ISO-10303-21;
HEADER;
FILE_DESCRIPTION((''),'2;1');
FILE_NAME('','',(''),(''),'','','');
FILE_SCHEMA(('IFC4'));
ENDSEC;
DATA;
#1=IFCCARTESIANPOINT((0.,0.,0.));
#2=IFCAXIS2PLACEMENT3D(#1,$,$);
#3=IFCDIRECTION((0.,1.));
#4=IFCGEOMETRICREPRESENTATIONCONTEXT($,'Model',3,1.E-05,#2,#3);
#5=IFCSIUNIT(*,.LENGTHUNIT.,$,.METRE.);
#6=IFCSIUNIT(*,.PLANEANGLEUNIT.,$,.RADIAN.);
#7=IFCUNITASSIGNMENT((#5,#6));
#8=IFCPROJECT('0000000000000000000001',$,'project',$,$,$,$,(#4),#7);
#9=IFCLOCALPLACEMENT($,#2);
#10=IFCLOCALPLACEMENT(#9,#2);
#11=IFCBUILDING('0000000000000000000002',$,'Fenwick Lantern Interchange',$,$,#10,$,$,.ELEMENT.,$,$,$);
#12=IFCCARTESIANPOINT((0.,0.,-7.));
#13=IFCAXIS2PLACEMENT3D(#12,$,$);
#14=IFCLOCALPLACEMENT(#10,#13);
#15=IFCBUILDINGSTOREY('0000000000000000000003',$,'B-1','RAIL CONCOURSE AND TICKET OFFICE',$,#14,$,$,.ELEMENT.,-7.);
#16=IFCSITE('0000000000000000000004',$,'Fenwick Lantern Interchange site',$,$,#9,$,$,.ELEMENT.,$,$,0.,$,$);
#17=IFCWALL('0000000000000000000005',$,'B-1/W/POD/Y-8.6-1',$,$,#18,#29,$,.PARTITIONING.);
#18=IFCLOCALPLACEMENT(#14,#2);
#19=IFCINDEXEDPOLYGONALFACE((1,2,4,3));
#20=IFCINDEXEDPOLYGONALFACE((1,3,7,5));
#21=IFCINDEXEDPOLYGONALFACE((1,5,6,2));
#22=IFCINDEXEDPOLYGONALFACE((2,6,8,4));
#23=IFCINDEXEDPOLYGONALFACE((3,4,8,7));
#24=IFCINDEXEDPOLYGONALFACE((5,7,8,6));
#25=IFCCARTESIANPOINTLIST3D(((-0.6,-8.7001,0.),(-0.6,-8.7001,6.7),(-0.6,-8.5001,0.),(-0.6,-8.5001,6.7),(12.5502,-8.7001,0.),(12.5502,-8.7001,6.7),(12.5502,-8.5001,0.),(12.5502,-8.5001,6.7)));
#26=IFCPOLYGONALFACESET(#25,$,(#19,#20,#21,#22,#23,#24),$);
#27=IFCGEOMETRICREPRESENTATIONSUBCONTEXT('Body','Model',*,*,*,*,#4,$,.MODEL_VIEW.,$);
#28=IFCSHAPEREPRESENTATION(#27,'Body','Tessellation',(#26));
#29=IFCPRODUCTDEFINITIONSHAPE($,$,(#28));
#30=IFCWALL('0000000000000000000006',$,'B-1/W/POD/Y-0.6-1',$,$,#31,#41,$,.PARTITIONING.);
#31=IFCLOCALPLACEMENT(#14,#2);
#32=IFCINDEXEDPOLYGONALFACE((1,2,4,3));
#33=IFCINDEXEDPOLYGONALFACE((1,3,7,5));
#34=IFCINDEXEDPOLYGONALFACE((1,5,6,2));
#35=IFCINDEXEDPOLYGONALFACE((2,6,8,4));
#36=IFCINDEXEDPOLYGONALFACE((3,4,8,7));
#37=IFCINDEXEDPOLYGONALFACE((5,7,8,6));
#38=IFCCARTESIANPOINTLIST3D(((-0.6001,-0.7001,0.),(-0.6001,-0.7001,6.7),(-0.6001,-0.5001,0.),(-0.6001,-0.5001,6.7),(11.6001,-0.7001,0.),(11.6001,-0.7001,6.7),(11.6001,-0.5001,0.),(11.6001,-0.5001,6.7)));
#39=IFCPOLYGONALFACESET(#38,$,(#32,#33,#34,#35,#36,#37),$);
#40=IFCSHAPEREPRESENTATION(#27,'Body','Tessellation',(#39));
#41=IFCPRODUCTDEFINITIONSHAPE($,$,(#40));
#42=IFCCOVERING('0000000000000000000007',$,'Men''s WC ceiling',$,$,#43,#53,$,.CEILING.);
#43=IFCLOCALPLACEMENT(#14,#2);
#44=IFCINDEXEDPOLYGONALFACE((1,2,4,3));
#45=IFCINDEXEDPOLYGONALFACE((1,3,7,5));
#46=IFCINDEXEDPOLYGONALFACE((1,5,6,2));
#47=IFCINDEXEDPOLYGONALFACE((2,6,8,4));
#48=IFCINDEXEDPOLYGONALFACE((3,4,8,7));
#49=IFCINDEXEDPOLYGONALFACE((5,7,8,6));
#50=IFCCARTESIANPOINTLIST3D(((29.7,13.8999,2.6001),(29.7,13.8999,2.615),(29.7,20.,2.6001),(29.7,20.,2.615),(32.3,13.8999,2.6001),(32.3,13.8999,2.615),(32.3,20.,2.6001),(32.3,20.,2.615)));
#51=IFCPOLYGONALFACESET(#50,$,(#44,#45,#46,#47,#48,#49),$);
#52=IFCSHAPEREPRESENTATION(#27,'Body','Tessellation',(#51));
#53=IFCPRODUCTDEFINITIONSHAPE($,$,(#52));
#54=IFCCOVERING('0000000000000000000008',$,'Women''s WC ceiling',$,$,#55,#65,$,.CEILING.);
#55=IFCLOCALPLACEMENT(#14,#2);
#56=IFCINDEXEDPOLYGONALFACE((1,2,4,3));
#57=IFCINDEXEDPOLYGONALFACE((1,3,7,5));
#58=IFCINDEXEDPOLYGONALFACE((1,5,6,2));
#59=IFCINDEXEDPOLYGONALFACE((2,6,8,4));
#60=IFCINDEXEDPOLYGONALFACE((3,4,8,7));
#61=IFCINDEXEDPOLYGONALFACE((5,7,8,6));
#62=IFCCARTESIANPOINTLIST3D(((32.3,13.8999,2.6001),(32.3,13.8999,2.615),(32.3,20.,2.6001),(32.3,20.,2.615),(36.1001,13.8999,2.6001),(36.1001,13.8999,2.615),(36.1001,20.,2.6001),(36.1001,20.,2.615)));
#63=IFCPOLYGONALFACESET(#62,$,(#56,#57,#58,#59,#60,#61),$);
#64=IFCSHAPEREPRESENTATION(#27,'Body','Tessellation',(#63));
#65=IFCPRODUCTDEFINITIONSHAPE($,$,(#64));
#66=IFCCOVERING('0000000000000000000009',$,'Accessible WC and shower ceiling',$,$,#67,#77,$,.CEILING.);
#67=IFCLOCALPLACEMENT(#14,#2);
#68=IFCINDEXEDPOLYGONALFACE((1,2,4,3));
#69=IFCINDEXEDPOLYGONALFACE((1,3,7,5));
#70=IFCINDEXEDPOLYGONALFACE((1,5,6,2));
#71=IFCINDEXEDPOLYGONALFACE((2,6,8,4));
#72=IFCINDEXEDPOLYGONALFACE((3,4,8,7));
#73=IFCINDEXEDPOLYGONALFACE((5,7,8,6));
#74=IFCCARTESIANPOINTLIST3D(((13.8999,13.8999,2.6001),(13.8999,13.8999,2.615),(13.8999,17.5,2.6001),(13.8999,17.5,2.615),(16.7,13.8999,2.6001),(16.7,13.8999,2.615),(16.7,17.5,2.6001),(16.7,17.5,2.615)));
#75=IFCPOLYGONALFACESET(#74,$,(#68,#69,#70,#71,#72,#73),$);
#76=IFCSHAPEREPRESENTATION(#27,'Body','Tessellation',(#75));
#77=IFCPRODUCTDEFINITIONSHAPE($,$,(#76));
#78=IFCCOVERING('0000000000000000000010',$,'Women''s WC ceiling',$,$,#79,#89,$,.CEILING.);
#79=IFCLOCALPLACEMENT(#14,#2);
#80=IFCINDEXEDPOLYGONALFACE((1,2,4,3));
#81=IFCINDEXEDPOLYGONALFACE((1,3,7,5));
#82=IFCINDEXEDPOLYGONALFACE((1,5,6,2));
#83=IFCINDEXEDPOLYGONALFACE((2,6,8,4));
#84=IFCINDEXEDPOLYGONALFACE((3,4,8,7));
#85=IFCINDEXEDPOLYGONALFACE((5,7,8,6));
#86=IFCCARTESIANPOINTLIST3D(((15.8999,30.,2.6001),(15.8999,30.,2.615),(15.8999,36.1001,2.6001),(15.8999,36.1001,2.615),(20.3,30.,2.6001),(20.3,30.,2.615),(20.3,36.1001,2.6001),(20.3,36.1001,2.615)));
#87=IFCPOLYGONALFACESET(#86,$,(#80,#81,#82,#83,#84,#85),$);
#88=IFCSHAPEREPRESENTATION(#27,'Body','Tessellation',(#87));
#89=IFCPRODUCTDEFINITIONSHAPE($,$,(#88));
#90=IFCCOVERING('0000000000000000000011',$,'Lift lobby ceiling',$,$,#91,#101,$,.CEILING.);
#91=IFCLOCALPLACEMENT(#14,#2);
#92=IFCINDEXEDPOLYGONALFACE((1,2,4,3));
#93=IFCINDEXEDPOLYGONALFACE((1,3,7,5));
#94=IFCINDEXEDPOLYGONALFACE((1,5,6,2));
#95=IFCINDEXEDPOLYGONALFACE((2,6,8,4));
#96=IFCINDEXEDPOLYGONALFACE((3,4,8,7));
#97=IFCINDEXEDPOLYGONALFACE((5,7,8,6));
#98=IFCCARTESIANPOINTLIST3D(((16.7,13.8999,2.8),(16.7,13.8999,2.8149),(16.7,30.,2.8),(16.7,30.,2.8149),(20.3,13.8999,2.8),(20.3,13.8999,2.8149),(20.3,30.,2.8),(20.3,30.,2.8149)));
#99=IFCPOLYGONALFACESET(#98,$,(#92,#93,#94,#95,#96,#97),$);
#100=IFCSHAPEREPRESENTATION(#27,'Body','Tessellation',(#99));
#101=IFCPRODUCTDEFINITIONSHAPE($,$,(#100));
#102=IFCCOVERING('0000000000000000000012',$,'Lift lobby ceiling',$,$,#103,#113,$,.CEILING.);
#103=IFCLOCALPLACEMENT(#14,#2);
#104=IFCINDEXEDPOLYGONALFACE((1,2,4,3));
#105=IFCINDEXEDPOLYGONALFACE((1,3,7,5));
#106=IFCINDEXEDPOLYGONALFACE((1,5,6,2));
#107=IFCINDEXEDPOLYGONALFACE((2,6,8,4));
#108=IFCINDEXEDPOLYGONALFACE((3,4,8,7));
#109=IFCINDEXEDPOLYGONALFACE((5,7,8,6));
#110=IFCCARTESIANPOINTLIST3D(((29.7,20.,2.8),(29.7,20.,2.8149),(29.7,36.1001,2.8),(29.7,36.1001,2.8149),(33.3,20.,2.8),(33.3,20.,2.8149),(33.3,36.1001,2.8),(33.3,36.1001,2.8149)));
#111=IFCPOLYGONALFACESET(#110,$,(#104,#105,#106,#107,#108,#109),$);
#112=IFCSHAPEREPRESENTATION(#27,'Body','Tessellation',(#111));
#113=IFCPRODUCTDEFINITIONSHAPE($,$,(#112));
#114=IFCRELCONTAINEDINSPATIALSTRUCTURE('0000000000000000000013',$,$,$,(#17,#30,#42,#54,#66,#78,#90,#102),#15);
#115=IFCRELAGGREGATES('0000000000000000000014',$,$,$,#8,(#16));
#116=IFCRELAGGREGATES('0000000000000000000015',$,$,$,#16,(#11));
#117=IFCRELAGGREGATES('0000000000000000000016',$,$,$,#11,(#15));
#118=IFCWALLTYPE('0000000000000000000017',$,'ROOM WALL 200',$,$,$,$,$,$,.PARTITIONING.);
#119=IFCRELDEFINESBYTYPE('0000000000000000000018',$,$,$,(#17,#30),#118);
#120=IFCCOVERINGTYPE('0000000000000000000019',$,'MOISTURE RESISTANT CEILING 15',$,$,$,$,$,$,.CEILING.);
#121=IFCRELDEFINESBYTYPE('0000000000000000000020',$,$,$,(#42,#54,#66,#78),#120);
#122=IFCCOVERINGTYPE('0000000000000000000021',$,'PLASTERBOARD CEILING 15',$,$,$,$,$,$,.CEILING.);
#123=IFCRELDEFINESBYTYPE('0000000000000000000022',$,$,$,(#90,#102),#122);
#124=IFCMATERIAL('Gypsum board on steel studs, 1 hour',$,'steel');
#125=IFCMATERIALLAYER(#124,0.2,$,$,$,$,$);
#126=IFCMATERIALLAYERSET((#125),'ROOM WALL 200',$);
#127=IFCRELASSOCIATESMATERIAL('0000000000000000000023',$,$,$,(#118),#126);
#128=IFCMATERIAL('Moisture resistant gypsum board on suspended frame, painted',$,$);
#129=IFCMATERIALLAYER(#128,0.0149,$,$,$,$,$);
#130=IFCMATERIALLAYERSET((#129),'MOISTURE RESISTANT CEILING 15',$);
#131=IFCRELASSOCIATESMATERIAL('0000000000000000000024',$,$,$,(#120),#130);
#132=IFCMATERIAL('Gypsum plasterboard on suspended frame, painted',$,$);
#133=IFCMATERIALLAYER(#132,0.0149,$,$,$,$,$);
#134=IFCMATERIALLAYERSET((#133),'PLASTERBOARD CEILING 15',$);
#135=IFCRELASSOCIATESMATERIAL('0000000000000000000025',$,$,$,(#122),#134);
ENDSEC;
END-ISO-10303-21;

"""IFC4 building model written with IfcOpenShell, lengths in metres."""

from ifc_helpers import new_model, si_unit, direction, frame, frame_2d, origin, place, context, subcontext, project, spatial, polyline, rectangle, outline, extrude, material, layer, layer_set, type_object, element, save


model = new_model("IFC4")

# Units and contexts
model_context = context("Model", 3, precision=1e-05, world=origin(), true_north=direction((0.0, 1.0)))
body_context = subcontext(model_context, "Body", "Model", "MODEL_VIEW")
ifc_project = project(units=[si_unit("LENGTHUNIT", "METRE"), si_unit("PLANEANGLEUNIT", "RADIAN")], contexts=[model_context])

# Site, building, storey
site_placement = place(None, origin())
site = spatial("IfcSite", under=ifc_project, at=site_placement, Name="Fenwick Lantern Interchange site", CompositionType="ELEMENT", RefElevation=0.0)
building_placement = place(site_placement, origin())
building = spatial("IfcBuilding", under=site, at=building_placement, Name="Fenwick Lantern Interchange", CompositionType="ELEMENT")
storey_placement = place(building_placement, frame((0.0, 0.0, -7.0)))
storey = spatial("IfcBuildingStorey", under=building, at=storey_placement, Name="B-1", Description="RAIL CONCOURSE AND TICKET OFFICE", CompositionType="ELEMENT", Elevation=-7.0)

# Walls
ifc_material_1 = material(Name="Gypsum board on steel studs, 1 hour", Category="steel")
ifc_layer_1 = layer(ifc_material_1, 0.2)
ifc_layer_set_1 = layer_set([ifc_layer_1], Name="ROOM WALL 200")
wall_type_1 = type_object("IfcWallType", Name="ROOM WALL 200", PredefinedType="PARTITIONING", material=ifc_layer_set_1)
wall_1_placement = place(storey_placement, frame((-0.6001, -8.6001, 0.0), z_axis=(0.0, 0.0, 1.0), x_axis=(1.0, 0.0, 0.0)))
element("IfcWall", 1, at=wall_1_placement, inside=storey, type_object=wall_type_1, Name="B-1/W/POD/Y-8.6-1", PredefinedType="PARTITIONING", context=body_context, shape_type="SweptSolid", body=[
    extrude(rectangle(XDim=13.1501, YDim=0.2, at=frame_2d((6.5752, 0.0))), origin(), (0.0, 0.0, 1.0), 6.7),
])
wall_2_placement = place(storey_placement, frame((-0.6001, -0.6001, 0.0), z_axis=(0.0, 0.0, 1.0), x_axis=(1.0, 0.0, 0.0)))
element("IfcWall", 2, at=wall_2_placement, inside=storey, type_object=wall_type_1, Name="B-1/W/POD/Y-0.6-1", PredefinedType="PARTITIONING", context=body_context, shape_type="SweptSolid", body=[
    extrude(rectangle(XDim=12.2002, YDim=0.2, at=frame_2d((6.1001, 0.0))), origin(), (0.0, 0.0, 1.0), 6.7),
])

# Coverings
ifc_material_2 = material(Name="Moisture resistant gypsum board on suspended frame, painted")
ifc_layer_2 = layer(ifc_material_2, 0.0149)
ifc_layer_set_2 = layer_set([ifc_layer_2], Name="MOISTURE RESISTANT CEILING 15")
covering_type_1 = type_object("IfcCoveringType", Name="MOISTURE RESISTANT CEILING 15", PredefinedType="CEILING", material=ifc_layer_set_2)
covering_1_placement = place(storey_placement, frame((0.0, 0.0, 2.6001)))
element("IfcCovering", 3, at=covering_1_placement, inside=storey, type_object=covering_type_1, Name="Men's WC ceiling", PredefinedType="CEILING", context=body_context, shape_type="SweptSolid", body=[
    extrude(outline(polyline([(29.7, 13.8999), (32.3, 13.8999), (32.3, 20.0), (29.7, 20.0), (29.7, 13.8999)])), origin(), (0.0, 0.0, 1.0), 0.0149),
])
covering_2_placement = place(storey_placement, frame((0.0, 0.0, 2.6001)))
element("IfcCovering", 4, at=covering_2_placement, inside=storey, type_object=covering_type_1, Name="Women's WC ceiling", PredefinedType="CEILING", context=body_context, shape_type="SweptSolid", body=[
    extrude(outline(polyline([(32.3, 13.8999), (36.1001, 13.8999), (36.1001, 20.0), (32.3, 20.0), (32.3, 13.8999)])), origin(), (0.0, 0.0, 1.0), 0.0149),
])
covering_3_placement = place(storey_placement, frame((0.0, 0.0, 2.6001)))
element("IfcCovering", 5, at=covering_3_placement, inside=storey, type_object=covering_type_1, Name="Accessible WC and shower ceiling", PredefinedType="CEILING", context=body_context, shape_type="SweptSolid", body=[
    extrude(outline(polyline([(13.8999, 13.8999), (16.7, 13.8999), (16.7, 17.5), (13.8999, 17.5), (13.8999, 13.8999)])), origin(), (0.0, 0.0, 1.0), 0.0149),
])
covering_4_placement = place(storey_placement, frame((0.0, 0.0, 2.6001)))
element("IfcCovering", 6, at=covering_4_placement, inside=storey, type_object=covering_type_1, Name="Women's WC ceiling", PredefinedType="CEILING", context=body_context, shape_type="SweptSolid", body=[
    extrude(outline(polyline([(20.3, 36.1001), (15.8999, 36.1001), (15.8999, 30.0), (20.3, 30.0), (20.3, 36.1001)])), origin(), (0.0, 0.0, 1.0), 0.0149),
])
ifc_material_3 = material(Name="Gypsum plasterboard on suspended frame, painted")
ifc_layer_3 = layer(ifc_material_3, 0.0149)
ifc_layer_set_3 = layer_set([ifc_layer_3], Name="PLASTERBOARD CEILING 15")
covering_type_2 = type_object("IfcCoveringType", Name="PLASTERBOARD CEILING 15", PredefinedType="CEILING", material=ifc_layer_set_3)
covering_5_placement = place(storey_placement, frame((0.0, 0.0, 2.8)))
element("IfcCovering", 7, at=covering_5_placement, inside=storey, type_object=covering_type_2, Name="Lift lobby ceiling", PredefinedType="CEILING", context=body_context, shape_type="SweptSolid", body=[
    extrude(outline(polyline([(16.7, 13.8999), (20.3, 13.8999), (20.3, 30.0), (16.7, 30.0), (16.7, 13.8999)])), origin(), (0.0, 0.0, 1.0), 0.0149),
])
covering_6_placement = place(storey_placement, frame((0.0, 0.0, 2.8)))
element("IfcCovering", 8, at=covering_6_placement, inside=storey, type_object=covering_type_2, Name="Lift lobby ceiling", PredefinedType="CEILING", context=body_context, shape_type="SweptSolid", body=[
    extrude(outline(polyline([(33.3, 36.1001), (29.7, 36.1001), (29.7, 20.0), (33.3, 20.0), (33.3, 36.1001)])), origin(), (0.0, 0.0, 1.0), 0.0149),
])

save(model, "model.ifc")
